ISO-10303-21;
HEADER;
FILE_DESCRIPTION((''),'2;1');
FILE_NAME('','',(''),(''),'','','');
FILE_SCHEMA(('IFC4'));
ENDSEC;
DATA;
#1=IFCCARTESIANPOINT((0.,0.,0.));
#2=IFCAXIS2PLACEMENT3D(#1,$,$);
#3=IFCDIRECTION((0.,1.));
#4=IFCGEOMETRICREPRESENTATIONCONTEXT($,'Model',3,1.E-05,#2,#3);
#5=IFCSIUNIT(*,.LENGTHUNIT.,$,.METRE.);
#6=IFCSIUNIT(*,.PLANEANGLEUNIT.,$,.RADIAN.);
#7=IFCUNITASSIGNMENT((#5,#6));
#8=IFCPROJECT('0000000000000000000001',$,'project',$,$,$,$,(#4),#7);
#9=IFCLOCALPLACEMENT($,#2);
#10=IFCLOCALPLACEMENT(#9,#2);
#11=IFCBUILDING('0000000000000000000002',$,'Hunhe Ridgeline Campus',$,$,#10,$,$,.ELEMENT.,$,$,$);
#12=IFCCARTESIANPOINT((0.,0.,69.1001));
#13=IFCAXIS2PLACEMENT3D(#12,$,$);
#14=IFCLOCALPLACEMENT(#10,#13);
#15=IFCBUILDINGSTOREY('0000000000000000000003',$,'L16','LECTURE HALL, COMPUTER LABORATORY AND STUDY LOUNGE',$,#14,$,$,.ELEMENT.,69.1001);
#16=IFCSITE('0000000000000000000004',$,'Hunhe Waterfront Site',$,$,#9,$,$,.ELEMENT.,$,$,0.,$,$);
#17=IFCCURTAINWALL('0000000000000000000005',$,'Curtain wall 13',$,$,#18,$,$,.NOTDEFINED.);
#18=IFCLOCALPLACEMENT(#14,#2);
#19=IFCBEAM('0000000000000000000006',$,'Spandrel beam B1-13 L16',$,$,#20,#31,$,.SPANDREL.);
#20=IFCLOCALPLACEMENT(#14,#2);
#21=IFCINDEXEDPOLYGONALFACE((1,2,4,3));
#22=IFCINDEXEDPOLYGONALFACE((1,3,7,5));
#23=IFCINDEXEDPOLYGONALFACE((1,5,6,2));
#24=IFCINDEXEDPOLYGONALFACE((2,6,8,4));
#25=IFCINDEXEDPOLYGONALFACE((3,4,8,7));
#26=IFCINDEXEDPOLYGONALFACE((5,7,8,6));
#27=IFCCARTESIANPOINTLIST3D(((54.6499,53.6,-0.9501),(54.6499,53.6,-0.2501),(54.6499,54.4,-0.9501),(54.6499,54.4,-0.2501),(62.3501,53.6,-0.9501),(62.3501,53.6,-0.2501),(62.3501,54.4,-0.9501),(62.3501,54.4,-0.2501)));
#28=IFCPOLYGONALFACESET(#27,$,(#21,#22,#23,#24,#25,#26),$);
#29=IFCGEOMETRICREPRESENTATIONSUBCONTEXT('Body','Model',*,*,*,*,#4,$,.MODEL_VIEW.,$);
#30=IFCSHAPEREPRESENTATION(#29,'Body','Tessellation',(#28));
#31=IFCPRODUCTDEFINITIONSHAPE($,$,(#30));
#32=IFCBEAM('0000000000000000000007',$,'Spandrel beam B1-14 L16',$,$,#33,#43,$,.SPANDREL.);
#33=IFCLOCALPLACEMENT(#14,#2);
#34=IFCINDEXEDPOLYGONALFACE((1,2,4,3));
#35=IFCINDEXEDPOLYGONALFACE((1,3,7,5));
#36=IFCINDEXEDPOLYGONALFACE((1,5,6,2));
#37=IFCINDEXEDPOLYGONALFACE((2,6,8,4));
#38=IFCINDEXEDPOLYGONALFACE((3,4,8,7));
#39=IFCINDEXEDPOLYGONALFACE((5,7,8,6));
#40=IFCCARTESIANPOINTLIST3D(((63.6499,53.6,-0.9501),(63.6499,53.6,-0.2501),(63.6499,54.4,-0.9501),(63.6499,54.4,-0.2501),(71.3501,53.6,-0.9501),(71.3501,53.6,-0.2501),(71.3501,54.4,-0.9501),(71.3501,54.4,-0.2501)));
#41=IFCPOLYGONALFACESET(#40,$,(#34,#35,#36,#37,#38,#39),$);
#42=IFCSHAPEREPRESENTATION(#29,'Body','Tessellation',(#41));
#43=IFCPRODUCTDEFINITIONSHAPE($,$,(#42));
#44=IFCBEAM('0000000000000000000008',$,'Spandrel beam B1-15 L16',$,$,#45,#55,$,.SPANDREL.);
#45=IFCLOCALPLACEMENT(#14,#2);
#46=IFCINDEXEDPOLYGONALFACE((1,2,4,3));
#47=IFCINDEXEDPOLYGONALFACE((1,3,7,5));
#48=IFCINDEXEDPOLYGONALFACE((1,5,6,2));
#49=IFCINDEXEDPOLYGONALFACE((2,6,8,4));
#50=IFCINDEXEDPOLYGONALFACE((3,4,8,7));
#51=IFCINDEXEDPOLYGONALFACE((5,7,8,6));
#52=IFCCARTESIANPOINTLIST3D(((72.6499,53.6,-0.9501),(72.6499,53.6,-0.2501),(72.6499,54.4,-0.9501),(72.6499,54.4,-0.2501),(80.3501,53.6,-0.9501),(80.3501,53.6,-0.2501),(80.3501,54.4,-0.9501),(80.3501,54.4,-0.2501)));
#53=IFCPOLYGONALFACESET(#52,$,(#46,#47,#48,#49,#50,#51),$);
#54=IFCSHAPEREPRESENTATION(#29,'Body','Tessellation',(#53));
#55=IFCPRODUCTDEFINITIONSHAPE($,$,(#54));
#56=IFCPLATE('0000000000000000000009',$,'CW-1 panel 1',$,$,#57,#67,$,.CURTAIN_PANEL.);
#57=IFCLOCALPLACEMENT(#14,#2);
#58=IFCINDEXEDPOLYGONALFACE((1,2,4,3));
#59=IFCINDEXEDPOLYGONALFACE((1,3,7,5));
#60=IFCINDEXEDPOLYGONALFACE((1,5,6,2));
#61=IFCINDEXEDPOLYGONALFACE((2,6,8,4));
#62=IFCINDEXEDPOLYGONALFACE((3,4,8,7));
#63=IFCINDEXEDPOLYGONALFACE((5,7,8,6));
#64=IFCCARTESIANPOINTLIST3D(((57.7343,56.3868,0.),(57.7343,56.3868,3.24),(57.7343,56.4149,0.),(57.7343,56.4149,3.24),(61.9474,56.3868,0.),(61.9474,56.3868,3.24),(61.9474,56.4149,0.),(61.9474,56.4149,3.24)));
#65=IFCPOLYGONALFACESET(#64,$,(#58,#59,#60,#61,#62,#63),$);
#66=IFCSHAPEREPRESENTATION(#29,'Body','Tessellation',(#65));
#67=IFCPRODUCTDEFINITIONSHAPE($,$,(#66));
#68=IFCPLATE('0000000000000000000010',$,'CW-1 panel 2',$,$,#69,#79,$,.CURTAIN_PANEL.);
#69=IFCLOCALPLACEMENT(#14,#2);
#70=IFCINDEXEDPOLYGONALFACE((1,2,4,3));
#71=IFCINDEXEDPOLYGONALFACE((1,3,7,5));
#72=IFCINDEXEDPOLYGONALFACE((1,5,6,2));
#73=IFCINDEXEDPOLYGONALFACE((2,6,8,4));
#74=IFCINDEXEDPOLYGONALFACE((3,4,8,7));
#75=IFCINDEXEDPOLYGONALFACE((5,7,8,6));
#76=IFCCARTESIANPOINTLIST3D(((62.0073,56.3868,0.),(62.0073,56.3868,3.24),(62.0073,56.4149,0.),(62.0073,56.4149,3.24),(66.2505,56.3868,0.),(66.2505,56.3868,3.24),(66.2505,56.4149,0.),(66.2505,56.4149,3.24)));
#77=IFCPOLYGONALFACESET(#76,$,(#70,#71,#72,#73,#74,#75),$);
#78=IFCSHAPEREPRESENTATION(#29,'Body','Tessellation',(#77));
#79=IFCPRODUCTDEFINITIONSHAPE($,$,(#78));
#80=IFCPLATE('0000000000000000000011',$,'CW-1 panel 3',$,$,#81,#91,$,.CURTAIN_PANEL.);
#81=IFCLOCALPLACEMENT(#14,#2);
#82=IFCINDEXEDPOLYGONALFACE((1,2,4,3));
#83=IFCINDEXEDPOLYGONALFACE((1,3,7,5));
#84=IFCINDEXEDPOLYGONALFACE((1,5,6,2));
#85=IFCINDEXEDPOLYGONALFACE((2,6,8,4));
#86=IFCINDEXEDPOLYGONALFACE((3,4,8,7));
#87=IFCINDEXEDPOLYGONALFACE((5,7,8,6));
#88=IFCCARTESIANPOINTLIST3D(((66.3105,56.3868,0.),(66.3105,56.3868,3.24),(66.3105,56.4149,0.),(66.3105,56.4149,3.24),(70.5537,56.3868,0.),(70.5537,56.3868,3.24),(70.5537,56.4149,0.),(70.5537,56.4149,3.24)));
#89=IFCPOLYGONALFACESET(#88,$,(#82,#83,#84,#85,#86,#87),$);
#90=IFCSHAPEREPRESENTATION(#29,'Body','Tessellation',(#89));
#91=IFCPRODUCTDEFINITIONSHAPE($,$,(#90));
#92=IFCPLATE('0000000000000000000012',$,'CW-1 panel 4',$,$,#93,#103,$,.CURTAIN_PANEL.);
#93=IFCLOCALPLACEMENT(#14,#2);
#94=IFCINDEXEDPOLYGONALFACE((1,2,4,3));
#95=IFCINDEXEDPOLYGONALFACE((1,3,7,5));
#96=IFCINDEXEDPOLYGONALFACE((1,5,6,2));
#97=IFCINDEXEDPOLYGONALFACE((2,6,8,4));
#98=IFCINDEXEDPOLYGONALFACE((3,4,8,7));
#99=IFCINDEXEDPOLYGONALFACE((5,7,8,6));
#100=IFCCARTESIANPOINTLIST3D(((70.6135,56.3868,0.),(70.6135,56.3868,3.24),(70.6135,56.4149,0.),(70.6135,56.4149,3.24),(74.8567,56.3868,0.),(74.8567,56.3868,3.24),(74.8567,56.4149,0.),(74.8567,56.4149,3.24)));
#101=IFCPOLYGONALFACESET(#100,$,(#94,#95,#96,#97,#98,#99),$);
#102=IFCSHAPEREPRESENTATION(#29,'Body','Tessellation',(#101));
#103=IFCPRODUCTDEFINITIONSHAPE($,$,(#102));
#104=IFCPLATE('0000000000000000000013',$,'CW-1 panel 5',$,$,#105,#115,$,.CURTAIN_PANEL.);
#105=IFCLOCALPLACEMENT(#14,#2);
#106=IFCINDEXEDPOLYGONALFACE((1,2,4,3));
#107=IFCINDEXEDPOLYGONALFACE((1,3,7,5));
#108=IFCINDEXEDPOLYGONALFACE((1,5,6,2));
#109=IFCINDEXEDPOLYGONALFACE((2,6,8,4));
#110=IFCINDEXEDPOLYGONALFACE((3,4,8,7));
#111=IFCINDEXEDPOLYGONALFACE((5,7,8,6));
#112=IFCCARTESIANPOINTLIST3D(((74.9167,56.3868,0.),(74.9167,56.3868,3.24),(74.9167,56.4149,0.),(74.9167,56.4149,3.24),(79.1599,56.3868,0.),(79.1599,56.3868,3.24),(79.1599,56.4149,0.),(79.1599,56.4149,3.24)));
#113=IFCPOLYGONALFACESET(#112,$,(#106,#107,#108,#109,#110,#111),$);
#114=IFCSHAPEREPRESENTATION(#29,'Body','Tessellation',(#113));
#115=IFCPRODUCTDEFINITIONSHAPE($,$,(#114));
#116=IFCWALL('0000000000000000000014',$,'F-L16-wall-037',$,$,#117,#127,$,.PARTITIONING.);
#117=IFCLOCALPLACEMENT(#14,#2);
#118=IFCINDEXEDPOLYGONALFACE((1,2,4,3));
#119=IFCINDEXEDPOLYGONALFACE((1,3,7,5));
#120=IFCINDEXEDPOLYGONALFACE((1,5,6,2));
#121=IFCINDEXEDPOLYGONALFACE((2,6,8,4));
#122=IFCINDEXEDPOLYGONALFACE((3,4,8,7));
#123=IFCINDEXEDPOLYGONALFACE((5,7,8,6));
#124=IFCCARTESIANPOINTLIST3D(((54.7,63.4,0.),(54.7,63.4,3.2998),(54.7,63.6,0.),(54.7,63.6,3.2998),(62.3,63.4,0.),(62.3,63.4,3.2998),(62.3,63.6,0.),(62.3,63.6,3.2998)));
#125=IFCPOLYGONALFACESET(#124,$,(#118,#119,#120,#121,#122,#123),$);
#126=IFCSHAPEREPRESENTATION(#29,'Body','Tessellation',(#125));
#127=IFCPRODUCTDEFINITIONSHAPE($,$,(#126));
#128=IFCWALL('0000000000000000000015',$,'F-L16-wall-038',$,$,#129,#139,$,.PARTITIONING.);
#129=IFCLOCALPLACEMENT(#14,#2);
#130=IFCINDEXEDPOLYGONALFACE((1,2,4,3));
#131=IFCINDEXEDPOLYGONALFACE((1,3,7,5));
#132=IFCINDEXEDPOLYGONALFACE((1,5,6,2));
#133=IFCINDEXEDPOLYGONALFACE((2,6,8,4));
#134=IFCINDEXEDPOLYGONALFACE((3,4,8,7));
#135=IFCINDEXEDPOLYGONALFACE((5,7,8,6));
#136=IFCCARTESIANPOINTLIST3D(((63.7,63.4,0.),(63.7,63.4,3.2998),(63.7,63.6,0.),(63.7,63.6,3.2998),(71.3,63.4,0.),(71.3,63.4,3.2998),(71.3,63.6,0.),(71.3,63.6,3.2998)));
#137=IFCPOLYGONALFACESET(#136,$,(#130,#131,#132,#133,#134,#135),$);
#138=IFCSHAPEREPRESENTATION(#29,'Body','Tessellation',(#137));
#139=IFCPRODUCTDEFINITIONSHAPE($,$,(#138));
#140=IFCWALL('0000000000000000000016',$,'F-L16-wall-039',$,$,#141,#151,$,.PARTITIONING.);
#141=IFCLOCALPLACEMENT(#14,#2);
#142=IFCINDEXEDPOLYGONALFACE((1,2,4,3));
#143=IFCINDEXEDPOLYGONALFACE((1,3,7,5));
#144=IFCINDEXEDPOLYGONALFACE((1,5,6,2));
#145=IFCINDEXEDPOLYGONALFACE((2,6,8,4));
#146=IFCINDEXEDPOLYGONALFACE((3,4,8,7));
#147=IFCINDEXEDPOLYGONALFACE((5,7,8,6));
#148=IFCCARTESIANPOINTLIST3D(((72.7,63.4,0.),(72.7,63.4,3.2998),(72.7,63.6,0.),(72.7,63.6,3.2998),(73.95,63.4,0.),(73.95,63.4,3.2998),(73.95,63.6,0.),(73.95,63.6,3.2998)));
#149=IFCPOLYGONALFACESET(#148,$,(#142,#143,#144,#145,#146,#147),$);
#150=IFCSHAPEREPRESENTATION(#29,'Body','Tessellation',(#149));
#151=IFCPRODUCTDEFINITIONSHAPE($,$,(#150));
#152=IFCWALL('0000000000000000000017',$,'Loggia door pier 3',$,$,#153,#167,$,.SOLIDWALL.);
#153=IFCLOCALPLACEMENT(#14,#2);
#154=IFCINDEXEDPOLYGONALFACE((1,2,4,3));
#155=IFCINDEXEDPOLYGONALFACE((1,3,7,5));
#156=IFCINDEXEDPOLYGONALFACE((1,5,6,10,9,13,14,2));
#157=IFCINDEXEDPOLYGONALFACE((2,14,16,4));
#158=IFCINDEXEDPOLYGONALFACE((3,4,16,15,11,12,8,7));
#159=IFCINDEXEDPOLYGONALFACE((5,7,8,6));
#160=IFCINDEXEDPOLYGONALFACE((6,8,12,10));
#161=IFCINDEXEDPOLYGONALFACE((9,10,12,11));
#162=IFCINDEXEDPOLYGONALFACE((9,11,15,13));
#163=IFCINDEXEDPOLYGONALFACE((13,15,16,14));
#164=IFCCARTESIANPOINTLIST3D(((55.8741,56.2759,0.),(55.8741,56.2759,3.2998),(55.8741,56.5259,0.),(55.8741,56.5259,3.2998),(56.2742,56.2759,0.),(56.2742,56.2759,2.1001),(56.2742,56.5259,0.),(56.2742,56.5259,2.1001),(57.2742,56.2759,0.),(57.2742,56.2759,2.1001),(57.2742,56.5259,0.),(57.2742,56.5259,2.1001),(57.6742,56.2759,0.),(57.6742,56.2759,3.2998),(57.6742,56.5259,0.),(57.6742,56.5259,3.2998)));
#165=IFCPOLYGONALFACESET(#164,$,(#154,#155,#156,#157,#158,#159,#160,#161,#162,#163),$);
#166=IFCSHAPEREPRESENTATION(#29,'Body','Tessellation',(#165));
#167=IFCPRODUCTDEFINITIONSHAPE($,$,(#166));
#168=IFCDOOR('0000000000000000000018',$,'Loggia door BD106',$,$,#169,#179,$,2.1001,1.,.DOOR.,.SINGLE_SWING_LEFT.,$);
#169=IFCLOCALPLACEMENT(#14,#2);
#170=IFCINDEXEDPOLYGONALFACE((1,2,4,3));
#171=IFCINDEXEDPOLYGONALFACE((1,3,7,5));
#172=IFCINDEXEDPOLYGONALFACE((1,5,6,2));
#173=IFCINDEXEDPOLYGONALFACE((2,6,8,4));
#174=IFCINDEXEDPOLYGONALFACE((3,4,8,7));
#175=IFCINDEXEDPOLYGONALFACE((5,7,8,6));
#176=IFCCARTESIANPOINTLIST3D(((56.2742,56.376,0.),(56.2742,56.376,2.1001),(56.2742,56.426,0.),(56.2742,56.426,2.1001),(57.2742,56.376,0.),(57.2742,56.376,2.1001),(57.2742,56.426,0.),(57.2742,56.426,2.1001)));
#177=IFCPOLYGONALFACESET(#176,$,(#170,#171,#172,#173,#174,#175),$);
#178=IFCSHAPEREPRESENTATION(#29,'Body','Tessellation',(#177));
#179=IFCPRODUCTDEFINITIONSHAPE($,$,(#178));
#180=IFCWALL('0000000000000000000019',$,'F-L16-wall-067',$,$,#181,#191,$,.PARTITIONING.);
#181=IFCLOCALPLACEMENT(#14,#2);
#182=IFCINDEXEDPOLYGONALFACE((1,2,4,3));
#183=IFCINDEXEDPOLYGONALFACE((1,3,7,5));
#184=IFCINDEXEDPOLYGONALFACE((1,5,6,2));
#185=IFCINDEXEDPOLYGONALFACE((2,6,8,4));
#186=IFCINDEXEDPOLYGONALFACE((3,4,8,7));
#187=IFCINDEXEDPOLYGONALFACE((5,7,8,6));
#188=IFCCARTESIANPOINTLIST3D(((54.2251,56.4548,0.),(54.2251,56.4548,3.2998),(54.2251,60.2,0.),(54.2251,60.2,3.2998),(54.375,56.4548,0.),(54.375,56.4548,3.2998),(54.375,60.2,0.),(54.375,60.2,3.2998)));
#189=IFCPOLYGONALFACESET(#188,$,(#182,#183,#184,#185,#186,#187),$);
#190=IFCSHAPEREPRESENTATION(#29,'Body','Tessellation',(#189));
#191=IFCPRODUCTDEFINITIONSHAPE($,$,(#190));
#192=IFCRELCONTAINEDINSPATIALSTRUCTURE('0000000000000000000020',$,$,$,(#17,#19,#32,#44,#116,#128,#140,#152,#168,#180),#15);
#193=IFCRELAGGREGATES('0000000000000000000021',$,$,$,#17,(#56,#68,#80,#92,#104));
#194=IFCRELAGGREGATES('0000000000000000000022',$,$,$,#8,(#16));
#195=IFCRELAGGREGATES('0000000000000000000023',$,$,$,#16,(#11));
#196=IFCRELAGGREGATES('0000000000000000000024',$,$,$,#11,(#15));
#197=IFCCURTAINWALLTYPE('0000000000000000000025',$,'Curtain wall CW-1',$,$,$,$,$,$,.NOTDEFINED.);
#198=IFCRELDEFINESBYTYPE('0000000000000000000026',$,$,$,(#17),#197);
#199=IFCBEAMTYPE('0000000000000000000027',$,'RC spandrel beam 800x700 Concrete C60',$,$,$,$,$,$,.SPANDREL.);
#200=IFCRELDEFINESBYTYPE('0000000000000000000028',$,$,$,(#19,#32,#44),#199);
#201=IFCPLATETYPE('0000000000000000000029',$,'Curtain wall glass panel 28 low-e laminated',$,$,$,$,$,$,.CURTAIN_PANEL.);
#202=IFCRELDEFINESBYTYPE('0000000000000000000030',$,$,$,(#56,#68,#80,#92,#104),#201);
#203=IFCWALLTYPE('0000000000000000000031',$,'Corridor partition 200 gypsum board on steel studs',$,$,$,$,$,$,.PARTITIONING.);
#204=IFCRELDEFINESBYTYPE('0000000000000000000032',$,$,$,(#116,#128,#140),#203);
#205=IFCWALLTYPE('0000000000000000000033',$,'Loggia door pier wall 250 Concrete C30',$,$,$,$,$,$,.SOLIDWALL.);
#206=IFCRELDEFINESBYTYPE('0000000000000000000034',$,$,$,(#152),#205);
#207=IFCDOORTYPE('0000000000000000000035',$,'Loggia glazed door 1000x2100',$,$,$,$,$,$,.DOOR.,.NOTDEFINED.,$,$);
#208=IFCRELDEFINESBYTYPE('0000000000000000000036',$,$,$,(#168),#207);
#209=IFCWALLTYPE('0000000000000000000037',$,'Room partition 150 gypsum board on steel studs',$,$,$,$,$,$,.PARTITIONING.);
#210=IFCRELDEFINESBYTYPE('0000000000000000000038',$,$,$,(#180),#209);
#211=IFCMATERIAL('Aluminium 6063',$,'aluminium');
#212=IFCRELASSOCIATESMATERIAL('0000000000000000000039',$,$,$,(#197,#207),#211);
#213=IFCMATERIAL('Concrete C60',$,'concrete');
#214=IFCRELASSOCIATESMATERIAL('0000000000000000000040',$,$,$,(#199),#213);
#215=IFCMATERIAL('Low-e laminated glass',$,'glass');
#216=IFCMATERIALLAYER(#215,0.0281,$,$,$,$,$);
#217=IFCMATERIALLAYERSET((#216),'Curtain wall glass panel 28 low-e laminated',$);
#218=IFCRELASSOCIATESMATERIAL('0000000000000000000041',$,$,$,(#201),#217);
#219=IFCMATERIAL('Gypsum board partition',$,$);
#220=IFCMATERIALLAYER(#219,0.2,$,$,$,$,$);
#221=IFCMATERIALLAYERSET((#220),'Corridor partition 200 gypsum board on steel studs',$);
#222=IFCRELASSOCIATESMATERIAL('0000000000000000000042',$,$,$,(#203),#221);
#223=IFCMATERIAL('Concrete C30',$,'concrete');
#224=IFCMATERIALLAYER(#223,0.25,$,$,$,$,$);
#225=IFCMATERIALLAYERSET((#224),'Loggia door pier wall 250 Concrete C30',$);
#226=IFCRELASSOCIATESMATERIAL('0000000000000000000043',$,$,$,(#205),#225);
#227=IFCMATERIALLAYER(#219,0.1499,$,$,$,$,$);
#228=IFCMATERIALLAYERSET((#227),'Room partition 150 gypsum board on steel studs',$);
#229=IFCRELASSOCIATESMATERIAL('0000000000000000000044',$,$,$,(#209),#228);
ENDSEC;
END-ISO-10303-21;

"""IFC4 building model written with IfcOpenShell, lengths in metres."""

from ifc_helpers import new_model, si_unit, direction, frame, frame_2d, origin, origin_2d, place, context, subcontext, project, spatial, rectangle, extrude, material, layer, layer_set, material_profile, profile_set, type_object, element, fill, aggregate, save


model = new_model("IFC4")

# Units and contexts
model_context = context("Model", 3, precision=1e-05, world=origin(), true_north=direction((0.0, 1.0)))
body_context = subcontext(model_context, "Body", "Model", "MODEL_VIEW")
ifc_project = project(units=[si_unit("LENGTHUNIT", "METRE"), si_unit("PLANEANGLEUNIT", "RADIAN")], contexts=[model_context])

# Site, building, storey
site_placement = place(None, origin())
site = spatial("IfcSite", under=ifc_project, at=site_placement, Name="Hunhe Waterfront Site", CompositionType="ELEMENT", RefElevation=0.0)
building_placement = place(site_placement, origin())
building = spatial("IfcBuilding", under=site, at=building_placement, Name="Hunhe Ridgeline Campus", CompositionType="ELEMENT")
storey_placement = place(building_placement, frame((0.0, 0.0, 69.1001)))
storey = spatial("IfcBuildingStorey", under=building, at=storey_placement, Name="L16", Description="LECTURE HALL, COMPUTER LABORATORY AND STUDY LOUNGE", CompositionType="ELEMENT", Elevation=69.1001)

# Shared definitions
ifc_material_1 = material(Name="Aluminium 6063", Category="aluminium")
curtain_wall_type = type_object("IfcCurtainWallType", Name="Curtain wall CW-1", PredefinedType="NOTDEFINED", material=ifc_material_1)

# Curtain wall
curtain_wall_1_placement = place(storey_placement, origin())
curtain_wall_1 = element("IfcCurtainWall", 1, at=curtain_wall_1_placement, inside=storey, type_object=curtain_wall_type, Name="Curtain wall 13", PredefinedType="NOTDEFINED")

# Beams
ifc_material_2 = material(Name="Concrete C60", Category="concrete")
ifc_material_profile_1 = material_profile(ifc_material_2, rectangle(XDim=0.8, YDim=0.7, at=origin_2d()))
ifc_profile_set_1 = profile_set([ifc_material_profile_1], Name="Concrete C60")
beam_type = type_object("IfcBeamType", Name="RC spandrel beam 800x700 Concrete C60", PredefinedType="SPANDREL", material=ifc_profile_set_1)
for number, where, z_axis, x_axis, name in (
    (2, (54.6499, 54.0, -0.6001), (1.0, 0.0, 0.0), (0.0, 1.0, 0.0), "Spandrel beam B1-13 L16"),
    (3, (63.6499, 54.0, -0.6001), (1.0, 0.0, 0.0), (0.0, 1.0, 0.0), "Spandrel beam B1-14 L16"),
    (4, (72.6499, 54.0, -0.6001), (1.0, 0.0, 0.0), (0.0, 1.0, 0.0), "Spandrel beam B1-15 L16"),
):
    element("IfcBeam", number, at=place(storey_placement, frame(where, z_axis=z_axis, x_axis=x_axis)), inside=storey, type_object=beam_type, Name=name, PredefinedType="SPANDREL", context=body_context, shape_type="SweptSolid", body=[
        extrude(rectangle(XDim=0.8, YDim=0.7, at=origin_2d()), origin(), (0.0, 0.0, 1.0), 7.7002),
    ])

# Plates
ifc_material_3 = material(Name="Low-e laminated glass", Category="glass")
ifc_layer_1 = layer(ifc_material_3, 0.0281)
ifc_layer_set_1 = layer_set([ifc_layer_1], Name="Curtain wall glass panel 28 low-e laminated")
plate_type = type_object("IfcPlateType", Name="Curtain wall glass panel 28 low-e laminated", PredefinedType="CURTAIN_PANEL", material=ifc_layer_set_1)
plate_1_placement = place(storey_placement, frame((59.8408, 56.4009, 0.0), z_axis=(0.0, 0.0, 1.0), x_axis=(1.0, 0.000004, 0.0)))
plate_1 = element("IfcPlate", 5, at=plate_1_placement, type_object=plate_type, Name="CW-1 panel 1", PredefinedType="CURTAIN_PANEL", context=body_context, shape_type="SweptSolid", body=[
    extrude(rectangle(XDim=4.2131, YDim=0.0281, at=origin_2d()), origin(), (0.0, 0.0, 1.0), 3.24),
])
plate_2_placement = place(storey_placement, frame((64.1289, 56.4009, 0.0), z_axis=(0.0, 0.0, 1.0), x_axis=(1.0, 0.000004, 0.0)))
plate_2 = element("IfcPlate", 6, at=plate_2_placement, type_object=plate_type, Name="CW-1 panel 2", PredefinedType="CURTAIN_PANEL", context=body_context, shape_type="SweptSolid", body=[
    extrude(rectangle(XDim=4.2432, YDim=0.0281, at=origin_2d()), origin(), (0.0, 0.0, 1.0), 3.24),
])
plate_3_placement = place(storey_placement, frame((68.4321, 56.4009, 0.0), z_axis=(0.0, 0.0, 1.0), x_axis=(1.0, 0.000004, 0.0)))
plate_3 = element("IfcPlate", 7, at=plate_3_placement, type_object=plate_type, Name="CW-1 panel 3", PredefinedType="CURTAIN_PANEL", context=body_context, shape_type="SweptSolid", body=[
    extrude(rectangle(XDim=4.2432, YDim=0.0281, at=origin_2d()), origin(), (0.0, 0.0, 1.0), 3.24),
])
plate_4_placement = place(storey_placement, frame((72.7351, 56.4009, 0.0), z_axis=(0.0, 0.0, 1.0), x_axis=(1.0, 0.000004, 0.0)))
plate_4 = element("IfcPlate", 8, at=plate_4_placement, type_object=plate_type, Name="CW-1 panel 4", PredefinedType="CURTAIN_PANEL", context=body_context, shape_type="SweptSolid", body=[
    extrude(rectangle(XDim=4.2432, YDim=0.0281, at=origin_2d()), origin(), (0.0, 0.0, 1.0), 3.24),
])
plate_5_placement = place(storey_placement, frame((77.0383, 56.4009, 0.0), z_axis=(0.0, 0.0, 1.0), x_axis=(1.0, 0.000004, 0.0)))
plate_5 = element("IfcPlate", 9, at=plate_5_placement, type_object=plate_type, Name="CW-1 panel 5", PredefinedType="CURTAIN_PANEL", context=body_context, shape_type="SweptSolid", body=[
    extrude(rectangle(XDim=4.2432, YDim=0.0281, at=origin_2d()), origin(), (0.0, 0.0, 1.0), 3.24),
])
aggregate(curtain_wall_1, [plate_1, plate_2, plate_3, plate_4, plate_5])

# Walls
ifc_material_4 = material(Name="Gypsum board partition")
ifc_layer_2 = layer(ifc_material_4, 0.2)
ifc_layer_set_2 = layer_set([ifc_layer_2], Name="Corridor partition 200 gypsum board on steel studs")
wall_type_1 = type_object("IfcWallType", Name="Corridor partition 200 gypsum board on steel studs", PredefinedType="PARTITIONING", material=ifc_layer_set_2)
for number, where, z_axis, x_axis, name in (
    (10, (54.7, 63.5, 0.0), (0.0, 0.0, 1.0), (1.0, 0.0, 0.0), "F-L16-wall-037"),
    (11, (63.7, 63.5, 0.0), (0.0, 0.0, 1.0), (1.0, 0.0, 0.0), "F-L16-wall-038"),
):
    element("IfcWall", number, at=place(storey_placement, frame(where, z_axis=z_axis, x_axis=x_axis)), inside=storey, type_object=wall_type_1, Name=name, PredefinedType="PARTITIONING", context=body_context, shape_type="SweptSolid", body=[
        extrude(rectangle(XDim=7.6001, YDim=0.2, at=frame_2d((3.8, 0.0))), origin(), (0.0, 0.0, 1.0), 3.2998),
    ])
wall_1_placement = place(storey_placement, frame((72.7, 63.5, 0.0), z_axis=(0.0, 0.0, 1.0), x_axis=(1.0, 0.0, 0.0)))
element("IfcWall", 12, at=wall_1_placement, inside=storey, type_object=wall_type_1, Name="F-L16-wall-039", PredefinedType="PARTITIONING", context=body_context, shape_type="SweptSolid", body=[
    extrude(rectangle(XDim=1.25, YDim=0.2, at=frame_2d((0.625, 0.0))), origin(), (0.0, 0.0, 1.0), 3.2998),
])

# Wall, opening, door
ifc_material_5 = material(Name="Concrete C30", Category="concrete")
ifc_layer_3 = layer(ifc_material_5, 0.25)
ifc_layer_set_3 = layer_set([ifc_layer_3], Name="Loggia door pier wall 250 Concrete C30")
wall_type_2 = type_object("IfcWallType", Name="Loggia door pier wall 250 Concrete C30", PredefinedType="SOLIDWALL", material=ifc_layer_set_3)
wall_2_placement = place(storey_placement, frame((55.8743, 56.4009, 0.0), z_axis=(0.0, 0.0, 1.0), x_axis=(1.0, 0.0, 0.0)))
wall_2 = element("IfcWall", 13, at=wall_2_placement, inside=storey, type_object=wall_type_2, Name="Loggia door pier 3", PredefinedType="SOLIDWALL", context=body_context, shape_type="SweptSolid", body=[
    extrude(rectangle(XDim=1.8, YDim=0.25, at=frame_2d((0.8999, 0.0))), origin(), (0.0, 0.0, 1.0), 3.2998),
])
opening_placement = place(wall_2_placement, frame((0.3999, 0.0, 0.0)))
opening = element("IfcOpeningElement", 14, at=opening_placement, cuts=wall_2, PredefinedType="OPENING", context=body_context, shape_type="SweptSolid", body=[
    extrude(rectangle(XDim=1.0, YDim=2.1001, at=frame_2d((0.5, 1.05))), frame((0.0, 0.125, 0.0), z_axis=(0.0, -1.0, 0.0), x_axis=(1.0, 0.0, 0.0)), (0.0, 0.0, 1.0), 0.25),
])
door_type = type_object("IfcDoorType", Name="Loggia glazed door 1000x2100", OperationType="NOTDEFINED", PredefinedType="DOOR", material=ifc_material_1)
door_placement = place(opening_placement, frame((1.0, 0.0, 0.0), z_axis=(0.0, 0.0, 1.0), x_axis=(-1.0, 0.0, 0.0)))
door = element("IfcDoor", 15, at=door_placement, inside=storey, type_object=door_type, Name="Loggia door BD106", OperationType="SINGLE_SWING_LEFT", OverallHeight=2.1001, OverallWidth=1.0, PredefinedType="DOOR", context=body_context, shape_type="SweptSolid", body=[
    extrude(rectangle(XDim=1.0, YDim=2.1001, at=frame_2d((0.5, 1.05))), frame((0.0, 0.0249, 0.0), z_axis=(0.0, -1.0, 0.0), x_axis=(1.0, 0.0, 0.0)), (0.0, 0.0, 1.0), 0.05),
])
fill(opening, door)

# Wall
ifc_layer_4 = layer(ifc_material_4, 0.1499)
ifc_layer_set_4 = layer_set([ifc_layer_4], Name="Room partition 150 gypsum board on steel studs")
wall_type_3 = type_object("IfcWallType", Name="Room partition 150 gypsum board on steel studs", PredefinedType="PARTITIONING", material=ifc_layer_set_4)
for number, where, z_axis, x_axis, name in (
    (16, (54.3, 60.2, 0.0), (0.0, 0.0, 1.0), (0.0, -1.0, 0.0), "F-L16-wall-067"),
):
    element("IfcWall", number, at=place(storey_placement, frame(where, z_axis=z_axis, x_axis=x_axis)), inside=storey, type_object=wall_type_3, Name=name, PredefinedType="PARTITIONING", context=body_context, shape_type="SweptSolid", body=[
        extrude(rectangle(XDim=3.7451, YDim=0.1499, at=frame_2d((1.8726, 0.0))), origin(), (0.0, 0.0, 1.0), 3.2998),
    ])

save(model, "model.ifc")
